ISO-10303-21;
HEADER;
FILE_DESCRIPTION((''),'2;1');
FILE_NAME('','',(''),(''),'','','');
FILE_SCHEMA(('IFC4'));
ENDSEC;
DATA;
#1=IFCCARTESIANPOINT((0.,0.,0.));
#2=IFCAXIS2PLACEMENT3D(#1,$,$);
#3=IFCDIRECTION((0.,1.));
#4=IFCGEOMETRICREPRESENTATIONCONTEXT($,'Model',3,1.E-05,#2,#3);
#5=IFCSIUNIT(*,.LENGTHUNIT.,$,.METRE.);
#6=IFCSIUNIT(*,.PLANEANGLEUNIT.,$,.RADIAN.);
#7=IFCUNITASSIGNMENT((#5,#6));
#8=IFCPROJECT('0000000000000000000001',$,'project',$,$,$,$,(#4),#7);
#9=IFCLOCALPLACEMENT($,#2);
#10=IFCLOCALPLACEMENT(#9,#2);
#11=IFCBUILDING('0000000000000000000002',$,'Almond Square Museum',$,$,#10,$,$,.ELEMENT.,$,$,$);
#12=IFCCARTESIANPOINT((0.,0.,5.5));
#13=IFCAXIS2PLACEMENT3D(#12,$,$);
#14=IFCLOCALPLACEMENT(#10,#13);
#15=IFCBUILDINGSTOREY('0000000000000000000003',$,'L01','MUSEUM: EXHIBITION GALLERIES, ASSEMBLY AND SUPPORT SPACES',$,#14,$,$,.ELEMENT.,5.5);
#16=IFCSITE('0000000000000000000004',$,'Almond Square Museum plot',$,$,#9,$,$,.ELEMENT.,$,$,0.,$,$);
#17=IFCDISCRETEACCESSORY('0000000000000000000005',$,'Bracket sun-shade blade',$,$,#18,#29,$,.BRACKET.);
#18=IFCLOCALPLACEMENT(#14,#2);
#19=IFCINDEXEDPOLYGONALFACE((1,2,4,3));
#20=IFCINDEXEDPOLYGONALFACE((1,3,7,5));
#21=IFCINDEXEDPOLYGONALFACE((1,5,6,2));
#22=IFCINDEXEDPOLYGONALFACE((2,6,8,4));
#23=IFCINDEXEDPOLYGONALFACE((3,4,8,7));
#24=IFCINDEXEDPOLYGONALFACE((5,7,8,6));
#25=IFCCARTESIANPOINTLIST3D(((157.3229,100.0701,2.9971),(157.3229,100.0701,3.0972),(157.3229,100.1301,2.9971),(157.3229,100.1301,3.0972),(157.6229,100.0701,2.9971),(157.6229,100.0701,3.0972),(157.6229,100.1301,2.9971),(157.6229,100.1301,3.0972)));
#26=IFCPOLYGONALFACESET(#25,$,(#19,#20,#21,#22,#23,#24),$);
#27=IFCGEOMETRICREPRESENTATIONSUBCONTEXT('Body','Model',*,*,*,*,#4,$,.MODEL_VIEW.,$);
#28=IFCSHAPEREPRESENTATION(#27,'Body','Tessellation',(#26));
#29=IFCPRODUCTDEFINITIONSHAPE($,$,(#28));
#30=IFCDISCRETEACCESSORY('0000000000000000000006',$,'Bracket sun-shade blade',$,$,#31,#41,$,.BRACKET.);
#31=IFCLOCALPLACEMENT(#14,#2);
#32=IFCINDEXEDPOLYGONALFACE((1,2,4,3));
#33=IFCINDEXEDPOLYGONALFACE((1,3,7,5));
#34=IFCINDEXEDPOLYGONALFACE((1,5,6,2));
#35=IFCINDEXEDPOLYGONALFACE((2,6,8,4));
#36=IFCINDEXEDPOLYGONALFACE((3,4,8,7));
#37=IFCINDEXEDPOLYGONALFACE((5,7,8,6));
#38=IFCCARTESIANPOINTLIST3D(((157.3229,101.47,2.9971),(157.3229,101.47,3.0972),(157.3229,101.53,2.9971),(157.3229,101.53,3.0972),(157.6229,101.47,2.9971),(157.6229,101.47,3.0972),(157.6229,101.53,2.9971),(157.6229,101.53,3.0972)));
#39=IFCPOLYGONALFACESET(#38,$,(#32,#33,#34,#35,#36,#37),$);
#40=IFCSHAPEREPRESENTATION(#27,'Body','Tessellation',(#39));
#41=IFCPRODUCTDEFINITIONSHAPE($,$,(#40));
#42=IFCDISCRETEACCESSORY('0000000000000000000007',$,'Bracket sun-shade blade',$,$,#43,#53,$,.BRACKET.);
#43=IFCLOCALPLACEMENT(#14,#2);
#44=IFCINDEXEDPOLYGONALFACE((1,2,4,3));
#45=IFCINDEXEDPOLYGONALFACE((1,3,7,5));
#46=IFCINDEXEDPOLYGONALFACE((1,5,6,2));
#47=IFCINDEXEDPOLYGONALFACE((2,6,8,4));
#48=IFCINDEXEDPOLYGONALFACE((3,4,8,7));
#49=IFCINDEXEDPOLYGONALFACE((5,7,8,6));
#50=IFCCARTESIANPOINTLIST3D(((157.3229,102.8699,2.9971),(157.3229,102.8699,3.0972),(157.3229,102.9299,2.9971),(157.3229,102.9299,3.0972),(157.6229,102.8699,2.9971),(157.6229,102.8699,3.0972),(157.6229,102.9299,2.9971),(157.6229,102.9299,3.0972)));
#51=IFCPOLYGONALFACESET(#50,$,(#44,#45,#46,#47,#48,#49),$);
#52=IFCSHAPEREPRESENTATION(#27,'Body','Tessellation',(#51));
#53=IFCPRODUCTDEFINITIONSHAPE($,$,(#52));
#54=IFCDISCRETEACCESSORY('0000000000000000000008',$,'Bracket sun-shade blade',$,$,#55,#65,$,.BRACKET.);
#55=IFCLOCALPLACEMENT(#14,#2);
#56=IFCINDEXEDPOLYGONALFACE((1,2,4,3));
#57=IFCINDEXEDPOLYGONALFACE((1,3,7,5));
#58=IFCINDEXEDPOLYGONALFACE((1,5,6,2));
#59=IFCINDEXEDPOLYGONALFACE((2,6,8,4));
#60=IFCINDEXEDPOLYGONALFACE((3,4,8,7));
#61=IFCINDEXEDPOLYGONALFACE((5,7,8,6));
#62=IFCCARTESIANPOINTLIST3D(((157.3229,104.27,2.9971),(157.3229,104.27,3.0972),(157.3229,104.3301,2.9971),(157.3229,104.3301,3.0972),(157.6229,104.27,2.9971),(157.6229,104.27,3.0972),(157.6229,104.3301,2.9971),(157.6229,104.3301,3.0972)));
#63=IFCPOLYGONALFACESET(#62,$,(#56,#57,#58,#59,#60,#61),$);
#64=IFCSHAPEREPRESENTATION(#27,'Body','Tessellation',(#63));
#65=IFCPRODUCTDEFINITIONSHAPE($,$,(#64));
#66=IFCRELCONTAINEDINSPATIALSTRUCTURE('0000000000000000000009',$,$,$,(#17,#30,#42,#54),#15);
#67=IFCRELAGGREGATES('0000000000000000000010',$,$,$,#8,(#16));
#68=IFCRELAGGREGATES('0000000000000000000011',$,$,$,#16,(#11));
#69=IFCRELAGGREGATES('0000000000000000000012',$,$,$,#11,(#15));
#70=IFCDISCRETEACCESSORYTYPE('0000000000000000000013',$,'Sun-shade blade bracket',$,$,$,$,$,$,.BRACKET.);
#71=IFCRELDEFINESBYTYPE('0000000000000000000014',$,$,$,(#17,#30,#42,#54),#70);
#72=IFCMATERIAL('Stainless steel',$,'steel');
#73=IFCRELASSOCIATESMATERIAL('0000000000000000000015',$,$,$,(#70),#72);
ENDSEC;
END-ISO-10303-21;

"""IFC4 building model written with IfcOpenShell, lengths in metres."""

from ifc_helpers import new_model, si_unit, direction, frame, origin, origin_2d, place, context, subcontext, project, spatial, rectangle, extrude, material, type_object, element, save


model = new_model("IFC4")

# Units and contexts
model_context = context("Model", 3, precision=1e-05, world=origin(), true_north=direction((0.0, 1.0)))
body_context = subcontext(model_context, "Body", "Model", "MODEL_VIEW")
ifc_project = project(units=[si_unit("LENGTHUNIT", "METRE"), si_unit("PLANEANGLEUNIT", "RADIAN")], contexts=[model_context])

# Site, building, storey
site_placement = place(None, origin())
site = spatial("IfcSite", under=ifc_project, at=site_placement, Name="Almond Square Museum plot", CompositionType="ELEMENT", RefElevation=0.0)
building_placement = place(site_placement, origin())
building = spatial("IfcBuilding", under=site, at=building_placement, Name="Almond Square Museum", CompositionType="ELEMENT")
storey_placement = place(building_placement, frame((0.0, 0.0, 5.5)))
storey = spatial("IfcBuildingStorey", under=building, at=storey_placement, Name="L01", Description="MUSEUM: EXHIBITION GALLERIES, ASSEMBLY AND SUPPORT SPACES", CompositionType="ELEMENT", Elevation=5.5)

# Discrete accessories
ifc_material_1 = material(Name="Stainless steel", Category="steel")
discrete_accessory_type = type_object("IfcDiscreteAccessoryType", Name="Sun-shade blade bracket", PredefinedType="BRACKET", material=ifc_material_1)
for number, where, z_axis, x_axis, name in (
    (1, (157.4729, 100.1001, 2.9971), (0.0, 0.0, 1.0), (1.0, 0.0, 0.0), "Bracket sun-shade blade"),
    (2, (157.4729, 101.5, 2.9971), (0.0, 0.0, 1.0), (1.0, 0.0, 0.0), "Bracket sun-shade blade"),
    (3, (157.4729, 102.8999, 2.9971), (0.0, 0.0, 1.0), (1.0, 0.0, 0.0), "Bracket sun-shade blade"),
    (4, (157.4729, 104.3, 2.9971), (0.0, 0.0, 1.0), (1.0, 0.0, 0.0), "Bracket sun-shade blade"),
):
    element("IfcDiscreteAccessory", number, at=place(storey_placement, frame(where, z_axis=z_axis, x_axis=x_axis)), inside=storey, type_object=discrete_accessory_type, Name=name, PredefinedType="BRACKET", context=body_context, shape_type="SweptSolid", body=[
        extrude(rectangle(XDim=0.3, YDim=0.0601, at=origin_2d()), origin(), (0.0, 0.0, 1.0), 0.1001),
    ])

save(model, "model.ifc")
